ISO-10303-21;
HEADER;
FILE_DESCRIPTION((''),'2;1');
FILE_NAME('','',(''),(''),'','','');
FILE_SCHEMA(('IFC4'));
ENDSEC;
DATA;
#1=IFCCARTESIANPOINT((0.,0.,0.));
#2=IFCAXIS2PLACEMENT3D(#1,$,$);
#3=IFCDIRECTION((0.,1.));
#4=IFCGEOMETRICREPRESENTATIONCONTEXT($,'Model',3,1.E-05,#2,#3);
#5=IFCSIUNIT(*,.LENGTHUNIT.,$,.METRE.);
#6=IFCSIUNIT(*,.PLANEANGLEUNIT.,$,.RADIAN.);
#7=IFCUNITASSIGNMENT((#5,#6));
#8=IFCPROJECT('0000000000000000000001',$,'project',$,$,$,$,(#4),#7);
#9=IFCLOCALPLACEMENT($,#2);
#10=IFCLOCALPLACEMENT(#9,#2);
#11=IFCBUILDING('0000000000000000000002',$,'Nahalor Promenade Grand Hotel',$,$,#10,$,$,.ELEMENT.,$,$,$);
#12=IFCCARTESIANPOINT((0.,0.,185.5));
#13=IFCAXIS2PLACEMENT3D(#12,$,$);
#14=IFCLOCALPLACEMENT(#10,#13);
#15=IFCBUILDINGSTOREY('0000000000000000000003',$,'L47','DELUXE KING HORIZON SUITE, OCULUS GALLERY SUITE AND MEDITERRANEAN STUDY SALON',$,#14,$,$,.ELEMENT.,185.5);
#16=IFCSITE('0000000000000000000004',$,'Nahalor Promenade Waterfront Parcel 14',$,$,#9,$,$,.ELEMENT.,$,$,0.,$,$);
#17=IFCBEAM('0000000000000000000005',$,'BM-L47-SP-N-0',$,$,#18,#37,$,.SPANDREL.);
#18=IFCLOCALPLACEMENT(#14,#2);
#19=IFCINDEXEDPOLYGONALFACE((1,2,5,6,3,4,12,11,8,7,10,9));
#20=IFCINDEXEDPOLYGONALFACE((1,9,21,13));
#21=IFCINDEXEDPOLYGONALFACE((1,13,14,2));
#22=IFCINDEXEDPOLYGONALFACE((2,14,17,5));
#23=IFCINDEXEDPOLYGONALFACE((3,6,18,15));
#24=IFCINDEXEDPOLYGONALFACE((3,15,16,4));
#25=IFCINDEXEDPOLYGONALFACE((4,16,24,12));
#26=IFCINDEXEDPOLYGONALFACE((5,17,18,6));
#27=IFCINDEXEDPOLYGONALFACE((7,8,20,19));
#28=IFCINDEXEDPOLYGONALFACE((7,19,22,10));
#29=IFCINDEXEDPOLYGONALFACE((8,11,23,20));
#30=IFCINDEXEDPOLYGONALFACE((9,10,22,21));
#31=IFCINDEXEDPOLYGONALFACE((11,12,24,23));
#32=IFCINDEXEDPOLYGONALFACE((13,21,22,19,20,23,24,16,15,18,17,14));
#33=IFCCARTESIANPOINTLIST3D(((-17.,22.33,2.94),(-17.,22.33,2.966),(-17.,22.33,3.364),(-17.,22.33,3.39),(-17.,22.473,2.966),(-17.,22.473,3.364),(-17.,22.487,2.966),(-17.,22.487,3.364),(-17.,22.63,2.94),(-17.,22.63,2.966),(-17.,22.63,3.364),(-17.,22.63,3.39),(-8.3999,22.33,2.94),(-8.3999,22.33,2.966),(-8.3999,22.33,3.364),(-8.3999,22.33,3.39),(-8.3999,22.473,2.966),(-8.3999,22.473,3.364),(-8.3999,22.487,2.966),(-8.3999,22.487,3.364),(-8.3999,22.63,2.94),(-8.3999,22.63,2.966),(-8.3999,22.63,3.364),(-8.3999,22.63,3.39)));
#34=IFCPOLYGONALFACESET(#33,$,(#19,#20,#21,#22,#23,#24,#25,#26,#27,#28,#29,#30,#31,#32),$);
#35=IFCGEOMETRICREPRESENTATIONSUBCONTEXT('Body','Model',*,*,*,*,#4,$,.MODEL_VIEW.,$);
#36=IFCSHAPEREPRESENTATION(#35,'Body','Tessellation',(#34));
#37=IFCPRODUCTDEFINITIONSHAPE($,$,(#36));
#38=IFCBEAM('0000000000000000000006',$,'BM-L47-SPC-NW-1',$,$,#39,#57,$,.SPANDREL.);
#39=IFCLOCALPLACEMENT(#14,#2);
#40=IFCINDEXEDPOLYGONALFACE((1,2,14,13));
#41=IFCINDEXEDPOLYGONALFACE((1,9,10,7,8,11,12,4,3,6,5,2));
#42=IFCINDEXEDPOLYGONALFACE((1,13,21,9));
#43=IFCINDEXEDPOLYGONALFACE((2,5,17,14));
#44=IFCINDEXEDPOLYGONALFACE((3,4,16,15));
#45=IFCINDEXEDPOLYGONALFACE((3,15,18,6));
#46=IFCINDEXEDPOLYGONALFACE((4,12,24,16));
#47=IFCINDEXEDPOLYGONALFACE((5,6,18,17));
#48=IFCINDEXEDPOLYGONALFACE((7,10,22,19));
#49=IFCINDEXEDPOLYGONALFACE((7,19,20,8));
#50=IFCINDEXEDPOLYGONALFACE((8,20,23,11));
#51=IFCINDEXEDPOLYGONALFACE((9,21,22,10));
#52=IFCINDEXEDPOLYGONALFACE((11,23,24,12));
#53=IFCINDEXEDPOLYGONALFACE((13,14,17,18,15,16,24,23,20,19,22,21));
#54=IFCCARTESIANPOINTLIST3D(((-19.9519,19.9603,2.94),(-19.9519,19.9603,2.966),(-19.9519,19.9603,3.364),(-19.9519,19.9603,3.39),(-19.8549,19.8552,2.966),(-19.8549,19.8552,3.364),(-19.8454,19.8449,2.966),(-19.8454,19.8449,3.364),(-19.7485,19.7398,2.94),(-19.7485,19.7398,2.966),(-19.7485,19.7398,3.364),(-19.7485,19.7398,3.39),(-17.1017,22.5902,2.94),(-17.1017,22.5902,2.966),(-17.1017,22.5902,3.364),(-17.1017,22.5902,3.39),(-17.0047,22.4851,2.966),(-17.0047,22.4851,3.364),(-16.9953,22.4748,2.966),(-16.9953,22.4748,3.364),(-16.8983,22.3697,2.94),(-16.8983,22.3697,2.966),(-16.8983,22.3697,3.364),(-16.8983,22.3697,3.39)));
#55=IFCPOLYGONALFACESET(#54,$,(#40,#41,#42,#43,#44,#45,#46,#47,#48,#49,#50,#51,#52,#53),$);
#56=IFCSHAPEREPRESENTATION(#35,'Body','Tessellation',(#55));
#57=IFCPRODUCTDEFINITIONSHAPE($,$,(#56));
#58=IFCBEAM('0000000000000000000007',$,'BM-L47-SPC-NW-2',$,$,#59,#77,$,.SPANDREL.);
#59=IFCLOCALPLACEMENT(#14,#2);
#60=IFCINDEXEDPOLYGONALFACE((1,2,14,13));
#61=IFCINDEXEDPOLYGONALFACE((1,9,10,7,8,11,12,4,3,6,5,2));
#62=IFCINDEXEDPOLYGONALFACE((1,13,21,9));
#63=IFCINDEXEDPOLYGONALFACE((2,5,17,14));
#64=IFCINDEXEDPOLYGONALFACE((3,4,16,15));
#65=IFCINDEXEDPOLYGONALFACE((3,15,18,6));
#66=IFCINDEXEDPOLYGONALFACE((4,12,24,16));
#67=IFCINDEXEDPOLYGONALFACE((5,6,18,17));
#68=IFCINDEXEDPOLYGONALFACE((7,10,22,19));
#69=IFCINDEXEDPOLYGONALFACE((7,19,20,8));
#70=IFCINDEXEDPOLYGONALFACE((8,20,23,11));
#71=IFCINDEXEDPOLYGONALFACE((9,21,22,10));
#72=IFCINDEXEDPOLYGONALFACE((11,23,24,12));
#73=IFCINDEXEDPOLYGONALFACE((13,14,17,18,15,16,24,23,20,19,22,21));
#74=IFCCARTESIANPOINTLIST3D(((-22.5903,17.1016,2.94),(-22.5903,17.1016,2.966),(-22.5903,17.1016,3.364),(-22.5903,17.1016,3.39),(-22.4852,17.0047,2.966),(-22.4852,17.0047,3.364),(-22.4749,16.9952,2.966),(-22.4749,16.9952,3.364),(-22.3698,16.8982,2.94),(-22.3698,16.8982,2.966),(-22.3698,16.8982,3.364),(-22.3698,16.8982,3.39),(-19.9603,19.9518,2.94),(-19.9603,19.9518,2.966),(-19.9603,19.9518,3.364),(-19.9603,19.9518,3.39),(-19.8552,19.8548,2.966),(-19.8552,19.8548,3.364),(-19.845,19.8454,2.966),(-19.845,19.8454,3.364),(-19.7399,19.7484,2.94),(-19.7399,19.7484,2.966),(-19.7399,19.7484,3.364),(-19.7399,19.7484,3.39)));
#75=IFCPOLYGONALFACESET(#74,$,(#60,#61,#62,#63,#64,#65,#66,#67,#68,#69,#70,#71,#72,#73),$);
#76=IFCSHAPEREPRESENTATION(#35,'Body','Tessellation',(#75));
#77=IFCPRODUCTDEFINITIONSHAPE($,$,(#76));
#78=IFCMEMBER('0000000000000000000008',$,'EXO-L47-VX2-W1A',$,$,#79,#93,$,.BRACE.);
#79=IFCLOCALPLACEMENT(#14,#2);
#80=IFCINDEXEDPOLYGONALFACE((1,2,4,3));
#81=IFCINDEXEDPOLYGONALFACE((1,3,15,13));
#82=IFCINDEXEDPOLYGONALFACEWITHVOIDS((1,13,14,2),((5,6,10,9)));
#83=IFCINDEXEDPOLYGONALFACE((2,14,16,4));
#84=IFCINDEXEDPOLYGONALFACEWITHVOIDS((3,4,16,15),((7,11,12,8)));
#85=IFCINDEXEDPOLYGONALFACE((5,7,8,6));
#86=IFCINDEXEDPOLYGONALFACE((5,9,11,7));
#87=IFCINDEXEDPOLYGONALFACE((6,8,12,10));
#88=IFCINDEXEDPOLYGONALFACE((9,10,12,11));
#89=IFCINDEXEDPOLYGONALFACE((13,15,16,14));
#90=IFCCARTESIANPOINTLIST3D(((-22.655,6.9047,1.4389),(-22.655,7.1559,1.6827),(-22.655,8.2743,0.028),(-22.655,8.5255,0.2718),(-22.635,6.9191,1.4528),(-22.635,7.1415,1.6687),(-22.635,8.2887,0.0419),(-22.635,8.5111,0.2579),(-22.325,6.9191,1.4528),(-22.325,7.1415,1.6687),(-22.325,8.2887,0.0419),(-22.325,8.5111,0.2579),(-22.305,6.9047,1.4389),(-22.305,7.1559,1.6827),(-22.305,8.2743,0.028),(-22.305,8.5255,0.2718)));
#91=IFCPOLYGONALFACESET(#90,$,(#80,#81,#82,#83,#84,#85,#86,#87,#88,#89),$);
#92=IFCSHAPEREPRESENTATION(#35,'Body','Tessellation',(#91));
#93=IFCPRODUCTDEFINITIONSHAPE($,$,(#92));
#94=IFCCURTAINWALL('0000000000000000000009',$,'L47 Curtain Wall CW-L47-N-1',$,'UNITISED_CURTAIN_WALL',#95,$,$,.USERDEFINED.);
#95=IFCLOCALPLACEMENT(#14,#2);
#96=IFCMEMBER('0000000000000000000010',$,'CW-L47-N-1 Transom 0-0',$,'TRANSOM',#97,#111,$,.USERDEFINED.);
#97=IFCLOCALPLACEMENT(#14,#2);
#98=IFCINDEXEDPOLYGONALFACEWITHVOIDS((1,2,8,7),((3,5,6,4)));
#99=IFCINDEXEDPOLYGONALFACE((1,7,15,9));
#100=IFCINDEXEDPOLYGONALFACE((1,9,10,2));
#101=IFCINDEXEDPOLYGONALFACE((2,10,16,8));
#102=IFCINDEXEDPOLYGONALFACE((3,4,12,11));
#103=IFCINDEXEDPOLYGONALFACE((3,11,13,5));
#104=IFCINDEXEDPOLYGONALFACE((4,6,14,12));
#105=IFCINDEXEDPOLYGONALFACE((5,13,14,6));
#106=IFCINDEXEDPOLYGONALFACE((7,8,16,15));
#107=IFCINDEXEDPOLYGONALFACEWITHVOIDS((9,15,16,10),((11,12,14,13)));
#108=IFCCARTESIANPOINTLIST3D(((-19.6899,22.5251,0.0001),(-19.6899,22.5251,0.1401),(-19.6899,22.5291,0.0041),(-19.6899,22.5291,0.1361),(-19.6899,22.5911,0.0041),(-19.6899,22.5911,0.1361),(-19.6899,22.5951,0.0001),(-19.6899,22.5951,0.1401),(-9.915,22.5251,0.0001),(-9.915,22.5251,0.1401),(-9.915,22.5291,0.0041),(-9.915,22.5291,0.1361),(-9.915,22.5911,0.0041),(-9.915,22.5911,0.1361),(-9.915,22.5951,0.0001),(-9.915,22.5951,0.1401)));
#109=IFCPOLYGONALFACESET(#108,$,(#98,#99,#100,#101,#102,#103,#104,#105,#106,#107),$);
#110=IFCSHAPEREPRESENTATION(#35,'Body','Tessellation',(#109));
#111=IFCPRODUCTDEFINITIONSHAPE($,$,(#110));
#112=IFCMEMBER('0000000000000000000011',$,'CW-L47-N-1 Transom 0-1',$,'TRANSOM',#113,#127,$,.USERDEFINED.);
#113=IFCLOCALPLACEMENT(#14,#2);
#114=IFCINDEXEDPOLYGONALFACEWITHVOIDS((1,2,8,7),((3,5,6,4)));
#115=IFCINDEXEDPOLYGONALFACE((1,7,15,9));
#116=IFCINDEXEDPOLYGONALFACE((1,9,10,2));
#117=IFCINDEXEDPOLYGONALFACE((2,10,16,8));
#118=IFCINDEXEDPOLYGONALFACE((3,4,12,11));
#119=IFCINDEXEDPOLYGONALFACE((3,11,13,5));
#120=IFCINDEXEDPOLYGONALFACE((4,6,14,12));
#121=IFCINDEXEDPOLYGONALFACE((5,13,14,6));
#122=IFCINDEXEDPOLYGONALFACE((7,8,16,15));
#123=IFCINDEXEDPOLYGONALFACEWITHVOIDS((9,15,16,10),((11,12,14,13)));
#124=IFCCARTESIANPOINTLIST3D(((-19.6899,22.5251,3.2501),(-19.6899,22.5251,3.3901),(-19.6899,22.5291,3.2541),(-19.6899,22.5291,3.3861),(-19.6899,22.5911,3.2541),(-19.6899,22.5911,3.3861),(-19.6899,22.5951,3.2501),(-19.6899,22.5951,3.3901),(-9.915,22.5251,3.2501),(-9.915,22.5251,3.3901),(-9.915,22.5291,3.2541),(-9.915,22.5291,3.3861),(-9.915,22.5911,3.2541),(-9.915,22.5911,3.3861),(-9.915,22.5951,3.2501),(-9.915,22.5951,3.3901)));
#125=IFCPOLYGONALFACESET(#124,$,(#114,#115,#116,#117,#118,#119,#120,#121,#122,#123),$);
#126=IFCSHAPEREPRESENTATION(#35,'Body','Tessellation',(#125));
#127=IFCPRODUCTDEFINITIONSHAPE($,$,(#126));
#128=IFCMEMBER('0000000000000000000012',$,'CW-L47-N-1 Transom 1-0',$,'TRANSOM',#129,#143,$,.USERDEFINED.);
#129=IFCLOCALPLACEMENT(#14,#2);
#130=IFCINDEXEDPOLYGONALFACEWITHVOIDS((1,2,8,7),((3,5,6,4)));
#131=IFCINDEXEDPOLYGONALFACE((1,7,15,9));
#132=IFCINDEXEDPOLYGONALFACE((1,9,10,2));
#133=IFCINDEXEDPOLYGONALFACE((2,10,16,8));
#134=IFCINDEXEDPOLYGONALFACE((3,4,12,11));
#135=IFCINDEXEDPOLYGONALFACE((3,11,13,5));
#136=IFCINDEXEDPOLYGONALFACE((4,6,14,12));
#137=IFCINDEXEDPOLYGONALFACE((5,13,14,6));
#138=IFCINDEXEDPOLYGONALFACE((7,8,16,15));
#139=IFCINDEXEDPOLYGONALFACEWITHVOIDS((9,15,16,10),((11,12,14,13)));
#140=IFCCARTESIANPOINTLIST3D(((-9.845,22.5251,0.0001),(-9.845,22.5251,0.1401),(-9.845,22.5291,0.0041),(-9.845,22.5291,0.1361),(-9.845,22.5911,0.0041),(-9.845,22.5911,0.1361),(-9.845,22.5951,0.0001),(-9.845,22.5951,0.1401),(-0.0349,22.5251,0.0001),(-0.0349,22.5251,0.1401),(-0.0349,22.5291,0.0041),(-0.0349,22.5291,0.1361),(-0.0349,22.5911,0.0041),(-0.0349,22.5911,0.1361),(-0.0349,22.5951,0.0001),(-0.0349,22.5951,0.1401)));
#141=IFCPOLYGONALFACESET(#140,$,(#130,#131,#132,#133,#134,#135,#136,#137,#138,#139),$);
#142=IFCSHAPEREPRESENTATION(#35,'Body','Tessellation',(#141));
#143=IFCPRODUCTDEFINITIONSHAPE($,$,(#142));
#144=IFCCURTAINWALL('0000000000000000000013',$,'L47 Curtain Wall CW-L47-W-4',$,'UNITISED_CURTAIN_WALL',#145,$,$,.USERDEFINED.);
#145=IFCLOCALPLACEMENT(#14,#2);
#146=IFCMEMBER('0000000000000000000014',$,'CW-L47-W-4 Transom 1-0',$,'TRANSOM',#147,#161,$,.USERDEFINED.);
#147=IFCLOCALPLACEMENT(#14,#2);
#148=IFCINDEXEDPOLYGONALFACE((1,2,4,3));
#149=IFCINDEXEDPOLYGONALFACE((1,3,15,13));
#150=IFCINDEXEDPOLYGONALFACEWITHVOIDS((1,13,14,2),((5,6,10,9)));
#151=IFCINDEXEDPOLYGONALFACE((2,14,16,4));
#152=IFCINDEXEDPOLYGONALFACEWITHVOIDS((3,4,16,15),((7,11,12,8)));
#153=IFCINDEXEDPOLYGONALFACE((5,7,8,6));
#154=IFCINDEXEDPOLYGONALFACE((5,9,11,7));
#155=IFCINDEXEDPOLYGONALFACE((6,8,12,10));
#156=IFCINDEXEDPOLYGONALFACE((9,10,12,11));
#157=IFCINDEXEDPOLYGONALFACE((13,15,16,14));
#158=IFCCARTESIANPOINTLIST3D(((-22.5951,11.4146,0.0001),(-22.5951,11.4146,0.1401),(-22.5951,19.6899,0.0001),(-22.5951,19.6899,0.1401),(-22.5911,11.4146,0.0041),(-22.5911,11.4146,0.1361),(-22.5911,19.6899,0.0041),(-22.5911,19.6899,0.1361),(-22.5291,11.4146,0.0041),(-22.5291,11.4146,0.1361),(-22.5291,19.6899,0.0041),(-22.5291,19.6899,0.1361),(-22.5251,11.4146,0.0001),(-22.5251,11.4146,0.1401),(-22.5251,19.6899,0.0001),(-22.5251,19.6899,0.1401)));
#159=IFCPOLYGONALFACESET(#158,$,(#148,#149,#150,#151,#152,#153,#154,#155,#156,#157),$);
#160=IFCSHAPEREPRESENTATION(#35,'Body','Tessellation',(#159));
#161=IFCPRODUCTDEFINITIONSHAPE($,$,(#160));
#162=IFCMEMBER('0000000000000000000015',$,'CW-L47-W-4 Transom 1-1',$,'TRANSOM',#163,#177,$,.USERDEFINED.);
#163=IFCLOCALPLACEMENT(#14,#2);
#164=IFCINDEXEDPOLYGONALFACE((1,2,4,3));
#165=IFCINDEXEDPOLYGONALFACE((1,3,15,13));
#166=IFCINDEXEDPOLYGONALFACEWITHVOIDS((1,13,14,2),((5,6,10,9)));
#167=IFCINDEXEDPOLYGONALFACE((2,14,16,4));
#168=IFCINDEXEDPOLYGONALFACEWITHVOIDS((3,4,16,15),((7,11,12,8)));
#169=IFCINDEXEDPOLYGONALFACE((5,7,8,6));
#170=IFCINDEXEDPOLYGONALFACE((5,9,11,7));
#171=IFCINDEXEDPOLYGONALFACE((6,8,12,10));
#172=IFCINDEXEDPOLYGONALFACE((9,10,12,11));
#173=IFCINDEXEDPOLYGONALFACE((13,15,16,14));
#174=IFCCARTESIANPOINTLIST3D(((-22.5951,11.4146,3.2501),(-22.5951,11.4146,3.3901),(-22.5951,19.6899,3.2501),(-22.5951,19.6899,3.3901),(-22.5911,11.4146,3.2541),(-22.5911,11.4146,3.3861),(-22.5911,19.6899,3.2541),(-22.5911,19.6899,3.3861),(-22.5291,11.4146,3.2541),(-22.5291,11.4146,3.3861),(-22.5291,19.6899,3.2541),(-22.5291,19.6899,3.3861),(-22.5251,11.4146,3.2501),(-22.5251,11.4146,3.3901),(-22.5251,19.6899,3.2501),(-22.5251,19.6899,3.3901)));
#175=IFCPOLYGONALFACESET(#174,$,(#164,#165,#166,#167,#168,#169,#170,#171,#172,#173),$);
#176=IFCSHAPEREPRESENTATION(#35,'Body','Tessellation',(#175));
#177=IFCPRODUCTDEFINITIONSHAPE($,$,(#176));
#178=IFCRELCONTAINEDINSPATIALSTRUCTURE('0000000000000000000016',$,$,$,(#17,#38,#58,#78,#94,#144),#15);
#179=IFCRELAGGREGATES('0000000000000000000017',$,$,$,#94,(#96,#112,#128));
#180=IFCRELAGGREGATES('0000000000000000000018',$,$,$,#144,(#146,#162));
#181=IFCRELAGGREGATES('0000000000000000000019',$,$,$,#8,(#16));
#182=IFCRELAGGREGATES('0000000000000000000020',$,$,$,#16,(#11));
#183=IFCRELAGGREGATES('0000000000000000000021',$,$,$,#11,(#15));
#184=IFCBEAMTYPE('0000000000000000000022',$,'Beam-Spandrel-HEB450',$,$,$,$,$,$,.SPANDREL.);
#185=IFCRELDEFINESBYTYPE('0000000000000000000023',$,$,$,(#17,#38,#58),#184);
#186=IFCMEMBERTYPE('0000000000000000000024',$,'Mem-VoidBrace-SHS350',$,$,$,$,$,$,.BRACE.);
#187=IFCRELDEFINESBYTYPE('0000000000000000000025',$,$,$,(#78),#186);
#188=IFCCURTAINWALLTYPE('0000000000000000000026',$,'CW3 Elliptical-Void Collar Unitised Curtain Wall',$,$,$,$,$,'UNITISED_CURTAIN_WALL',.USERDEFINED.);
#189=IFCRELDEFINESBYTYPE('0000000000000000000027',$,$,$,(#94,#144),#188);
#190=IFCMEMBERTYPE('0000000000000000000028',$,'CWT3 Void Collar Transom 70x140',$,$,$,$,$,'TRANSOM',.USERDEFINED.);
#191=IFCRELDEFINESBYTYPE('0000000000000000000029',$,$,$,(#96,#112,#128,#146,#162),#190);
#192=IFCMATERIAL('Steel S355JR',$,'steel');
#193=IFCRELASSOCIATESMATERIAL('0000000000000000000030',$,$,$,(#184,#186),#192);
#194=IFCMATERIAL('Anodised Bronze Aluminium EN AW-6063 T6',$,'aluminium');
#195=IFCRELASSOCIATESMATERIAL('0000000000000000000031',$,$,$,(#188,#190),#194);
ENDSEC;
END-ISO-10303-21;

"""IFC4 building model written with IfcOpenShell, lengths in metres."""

from ifc_helpers import new_model, si_unit, direction, frame, origin, origin_2d, place, context, subcontext, project, spatial, hollow_rectangle, i_section, extrude, source, transform, mapped, material, material_profile, profile_set, type_object, element, aggregate, save


model = new_model("IFC4")

# Units and contexts
model_context = context("Model", 3, precision=1e-05, world=origin(), true_north=direction((0.0, 1.0)))
body_context = subcontext(model_context, "Body", "Model", "MODEL_VIEW")
ifc_project = project(units=[si_unit("LENGTHUNIT", "METRE"), si_unit("PLANEANGLEUNIT", "RADIAN")], contexts=[model_context])

# Site, building, storey
site_placement = place(None, origin())
site = spatial("IfcSite", under=ifc_project, at=site_placement, Name="Nahalor Promenade Waterfront Parcel 14", CompositionType="ELEMENT", RefElevation=0.0)
building_placement = place(site_placement, origin())
building = spatial("IfcBuilding", under=site, at=building_placement, Name="Nahalor Promenade Grand Hotel", CompositionType="ELEMENT")
storey_placement = place(building_placement, frame((0.0, 0.0, 185.5)))
storey = spatial("IfcBuildingStorey", under=building, at=storey_placement, Name="L47", Description="DELUXE KING HORIZON SUITE, OCULUS GALLERY SUITE AND MEDITERRANEAN STUDY SALON", CompositionType="ELEMENT", Elevation=185.5)

# Beams
ifc_material_1 = material(Name="Steel S355JR", Category="steel")
ifc_material_profile_1 = material_profile(ifc_material_1, i_section(OverallWidth=0.3, OverallDepth=0.45, WebThickness=0.014, FlangeThickness=0.026, at=origin_2d()), Name="HEB 450")
ifc_profile_set_1 = profile_set([ifc_material_profile_1], Name="Steel S355JR")
beam_type_1 = type_object("IfcBeamType", Name="Beam-Spandrel-HEB450", PredefinedType="SPANDREL", material=ifc_profile_set_1)
shared_shape_1 = source(origin(), body_context, "Body", "SweptSolid", [
    extrude(i_section(OverallWidth=0.3, OverallDepth=0.45, WebThickness=0.014, FlangeThickness=0.026, at=origin_2d()), origin(), (0.0, 0.0, 1.0), 8.6001),
])
beam_1_placement = place(storey_placement, frame((-17.0, 22.48, 3.165), z_axis=(1.0, 0.0, 0.0), x_axis=(0.0, 1.0, 0.0)))
element("IfcBeam", 1, at=beam_1_placement, inside=storey, type_object=beam_type_1, Name="BM-L47-SP-N-0", PredefinedType="SPANDREL", context=body_context, shape_type="MappedRepresentation", body=[
    mapped(shared_shape_1, transform((0.0, 0.0, 0.0), scale=1.0)),
])
shared_shape_2 = source(origin(), body_context, "Body", "SweptSolid", [
    extrude(i_section(OverallWidth=0.3, OverallDepth=0.45, WebThickness=0.014, FlangeThickness=0.026, at=origin_2d()), origin(), (0.0, 0.0, 1.0), 3.8782),
])
for number, where, z_axis, x_axis, name in (
    (2, (-17.0, 22.48, 3.165), (-0.734929, -0.678144, 0.0), (0.678144, -0.734929, 0.0), "BM-L47-SPC-NW-1"),
    (3, (-19.8501, 19.8501, 3.165), (-0.678144, -0.734929, 0.0), (0.734929, -0.678144, 0.0), "BM-L47-SPC-NW-2"),
):
    element("IfcBeam", number, at=place(storey_placement, frame(where, z_axis=z_axis, x_axis=x_axis)), inside=storey, type_object=beam_type_1, Name=name, PredefinedType="SPANDREL", context=body_context, shape_type="MappedRepresentation", body=[
        mapped(shared_shape_2, transform((0.0, 0.0, 0.0), scale=1.0)),
    ])

# Member
ifc_material_profile_2 = material_profile(ifc_material_1, hollow_rectangle(XDim=0.35, YDim=0.35, WallThickness=0.02, at=origin_2d()), Name="SHS 350x350x20")
ifc_profile_set_2 = profile_set([ifc_material_profile_2], Name="Steel S355JR")
member_type_1 = type_object("IfcMemberType", Name="Mem-VoidBrace-SHS350", PredefinedType="BRACE", material=ifc_profile_set_2)
shared_shape_3 = source(origin(), body_context, "Body", "SweptSolid", [
    extrude(hollow_rectangle(XDim=0.35, YDim=0.35, WallThickness=0.02, at=origin_2d()), origin(), (0.0, 0.0, 1.0), 1.9663),
])
member_1_placement = place(storey_placement, frame((-22.48, 8.3999, 0.1499), z_axis=(0.0, -0.696537, 0.71752), x_axis=(1.0, 0.0, 0.0)))
element("IfcMember", 4, at=member_1_placement, inside=storey, type_object=member_type_1, Name="EXO-L47-VX2-W1A", PredefinedType="BRACE", context=body_context, shape_type="MappedRepresentation", body=[
    mapped(shared_shape_3, transform((0.0, 0.0, 0.0), scale=1.0)),
])

# Curtain walls, members
ifc_material_2 = material(Name="Anodised Bronze Aluminium EN AW-6063 T6", Category="aluminium")
curtain_wall_type = type_object("IfcCurtainWallType", Name="CW3 Elliptical-Void Collar Unitised Curtain Wall", ElementType="UNITISED_CURTAIN_WALL", PredefinedType="USERDEFINED", material=ifc_material_2)
curtain_wall_1_placement = place(storey_placement, origin())
curtain_wall_1 = element("IfcCurtainWall", 5, at=curtain_wall_1_placement, inside=storey, type_object=curtain_wall_type, Name="L47 Curtain Wall CW-L47-N-1", ObjectType="UNITISED_CURTAIN_WALL", PredefinedType="USERDEFINED")
ifc_material_profile_3 = material_profile(ifc_material_2, hollow_rectangle(XDim=0.07, YDim=0.14, WallThickness=0.004, at=origin_2d()), Name="CWT 70x140x4")
ifc_profile_set_3 = profile_set([ifc_material_profile_3], Name="Anodised Bronze Aluminium EN AW-6063 T6")
member_type_2 = type_object("IfcMemberType", Name="CWT3 Void Collar Transom 70x140", ElementType="TRANSOM", PredefinedType="USERDEFINED", material=ifc_profile_set_3)
shared_shape_4 = source(origin(), body_context, "Body", "SweptSolid", [
    extrude(hollow_rectangle(XDim=0.07, YDim=0.14, WallThickness=0.004, at=origin_2d()), origin(), (0.0, 0.0, 1.0), 9.7749),
])
member_2_placement = place(storey_placement, frame((-19.6899, 22.5601, 0.0701), z_axis=(1.0, 0.0, 0.0), x_axis=(0.0, 1.0, 0.0)))
member_2 = element("IfcMember", 6, at=member_2_placement, type_object=member_type_2, Name="CW-L47-N-1 Transom 0-0", ObjectType="TRANSOM", PredefinedType="USERDEFINED", context=body_context, shape_type="MappedRepresentation", body=[
    mapped(shared_shape_4, transform((0.0, 0.0, 0.0), scale=1.0)),
])
member_3_placement = place(storey_placement, frame((-19.6899, 22.5601, 3.3201), z_axis=(1.0, 0.0, 0.0), x_axis=(0.0, 1.0, 0.0)))
member_3 = element("IfcMember", 7, at=member_3_placement, type_object=member_type_2, Name="CW-L47-N-1 Transom 0-1", ObjectType="TRANSOM", PredefinedType="USERDEFINED", context=body_context, shape_type="MappedRepresentation", body=[
    mapped(shared_shape_4, transform((0.0, 0.0, 0.0), scale=1.0)),
])
shared_shape_5 = source(origin(), body_context, "Body", "SweptSolid", [
    extrude(hollow_rectangle(XDim=0.07, YDim=0.14, WallThickness=0.004, at=origin_2d()), origin(), (0.0, 0.0, 1.0), 9.8101),
])
member_4_placement = place(storey_placement, frame((-9.845, 22.5601, 0.0701), z_axis=(1.0, 0.0, 0.0), x_axis=(0.0, 1.0, 0.0)))
member_4 = element("IfcMember", 8, at=member_4_placement, type_object=member_type_2, Name="CW-L47-N-1 Transom 1-0", ObjectType="TRANSOM", PredefinedType="USERDEFINED", context=body_context, shape_type="MappedRepresentation", body=[
    mapped(shared_shape_5, transform((0.0, 0.0, 0.0), scale=1.0)),
])
curtain_wall_2_placement = place(storey_placement, origin())
curtain_wall_2 = element("IfcCurtainWall", 9, at=curtain_wall_2_placement, inside=storey, type_object=curtain_wall_type, Name="L47 Curtain Wall CW-L47-W-4", ObjectType="UNITISED_CURTAIN_WALL", PredefinedType="USERDEFINED")
shared_shape_6 = source(origin(), body_context, "Body", "SweptSolid", [
    extrude(hollow_rectangle(XDim=0.07, YDim=0.14, WallThickness=0.004, at=origin_2d()), origin(), (0.0, 0.0, 1.0), 8.2754),
])
member_5_placement = place(storey_placement, frame((-22.5601, 11.4146, 0.0701), z_axis=(0.0, 1.0, 0.0), x_axis=(-1.0, 0.0, 0.0)))
member_5 = element("IfcMember", 10, at=member_5_placement, type_object=member_type_2, Name="CW-L47-W-4 Transom 1-0", ObjectType="TRANSOM", PredefinedType="USERDEFINED", context=body_context, shape_type="MappedRepresentation", body=[
    mapped(shared_shape_6, transform((0.0, 0.0, 0.0), scale=1.0)),
])
member_6_placement = place(storey_placement, frame((-22.5601, 11.4146, 3.3201), z_axis=(0.0, 1.0, 0.0), x_axis=(-1.0, 0.0, 0.0)))
member_6 = element("IfcMember", 11, at=member_6_placement, type_object=member_type_2, Name="CW-L47-W-4 Transom 1-1", ObjectType="TRANSOM", PredefinedType="USERDEFINED", context=body_context, shape_type="MappedRepresentation", body=[
    mapped(shared_shape_6, transform((0.0, 0.0, 0.0), scale=1.0)),
])

aggregate(curtain_wall_1, [member_2, member_3, member_4])
aggregate(curtain_wall_2, [member_5, member_6])

save(model, "model.ifc")
